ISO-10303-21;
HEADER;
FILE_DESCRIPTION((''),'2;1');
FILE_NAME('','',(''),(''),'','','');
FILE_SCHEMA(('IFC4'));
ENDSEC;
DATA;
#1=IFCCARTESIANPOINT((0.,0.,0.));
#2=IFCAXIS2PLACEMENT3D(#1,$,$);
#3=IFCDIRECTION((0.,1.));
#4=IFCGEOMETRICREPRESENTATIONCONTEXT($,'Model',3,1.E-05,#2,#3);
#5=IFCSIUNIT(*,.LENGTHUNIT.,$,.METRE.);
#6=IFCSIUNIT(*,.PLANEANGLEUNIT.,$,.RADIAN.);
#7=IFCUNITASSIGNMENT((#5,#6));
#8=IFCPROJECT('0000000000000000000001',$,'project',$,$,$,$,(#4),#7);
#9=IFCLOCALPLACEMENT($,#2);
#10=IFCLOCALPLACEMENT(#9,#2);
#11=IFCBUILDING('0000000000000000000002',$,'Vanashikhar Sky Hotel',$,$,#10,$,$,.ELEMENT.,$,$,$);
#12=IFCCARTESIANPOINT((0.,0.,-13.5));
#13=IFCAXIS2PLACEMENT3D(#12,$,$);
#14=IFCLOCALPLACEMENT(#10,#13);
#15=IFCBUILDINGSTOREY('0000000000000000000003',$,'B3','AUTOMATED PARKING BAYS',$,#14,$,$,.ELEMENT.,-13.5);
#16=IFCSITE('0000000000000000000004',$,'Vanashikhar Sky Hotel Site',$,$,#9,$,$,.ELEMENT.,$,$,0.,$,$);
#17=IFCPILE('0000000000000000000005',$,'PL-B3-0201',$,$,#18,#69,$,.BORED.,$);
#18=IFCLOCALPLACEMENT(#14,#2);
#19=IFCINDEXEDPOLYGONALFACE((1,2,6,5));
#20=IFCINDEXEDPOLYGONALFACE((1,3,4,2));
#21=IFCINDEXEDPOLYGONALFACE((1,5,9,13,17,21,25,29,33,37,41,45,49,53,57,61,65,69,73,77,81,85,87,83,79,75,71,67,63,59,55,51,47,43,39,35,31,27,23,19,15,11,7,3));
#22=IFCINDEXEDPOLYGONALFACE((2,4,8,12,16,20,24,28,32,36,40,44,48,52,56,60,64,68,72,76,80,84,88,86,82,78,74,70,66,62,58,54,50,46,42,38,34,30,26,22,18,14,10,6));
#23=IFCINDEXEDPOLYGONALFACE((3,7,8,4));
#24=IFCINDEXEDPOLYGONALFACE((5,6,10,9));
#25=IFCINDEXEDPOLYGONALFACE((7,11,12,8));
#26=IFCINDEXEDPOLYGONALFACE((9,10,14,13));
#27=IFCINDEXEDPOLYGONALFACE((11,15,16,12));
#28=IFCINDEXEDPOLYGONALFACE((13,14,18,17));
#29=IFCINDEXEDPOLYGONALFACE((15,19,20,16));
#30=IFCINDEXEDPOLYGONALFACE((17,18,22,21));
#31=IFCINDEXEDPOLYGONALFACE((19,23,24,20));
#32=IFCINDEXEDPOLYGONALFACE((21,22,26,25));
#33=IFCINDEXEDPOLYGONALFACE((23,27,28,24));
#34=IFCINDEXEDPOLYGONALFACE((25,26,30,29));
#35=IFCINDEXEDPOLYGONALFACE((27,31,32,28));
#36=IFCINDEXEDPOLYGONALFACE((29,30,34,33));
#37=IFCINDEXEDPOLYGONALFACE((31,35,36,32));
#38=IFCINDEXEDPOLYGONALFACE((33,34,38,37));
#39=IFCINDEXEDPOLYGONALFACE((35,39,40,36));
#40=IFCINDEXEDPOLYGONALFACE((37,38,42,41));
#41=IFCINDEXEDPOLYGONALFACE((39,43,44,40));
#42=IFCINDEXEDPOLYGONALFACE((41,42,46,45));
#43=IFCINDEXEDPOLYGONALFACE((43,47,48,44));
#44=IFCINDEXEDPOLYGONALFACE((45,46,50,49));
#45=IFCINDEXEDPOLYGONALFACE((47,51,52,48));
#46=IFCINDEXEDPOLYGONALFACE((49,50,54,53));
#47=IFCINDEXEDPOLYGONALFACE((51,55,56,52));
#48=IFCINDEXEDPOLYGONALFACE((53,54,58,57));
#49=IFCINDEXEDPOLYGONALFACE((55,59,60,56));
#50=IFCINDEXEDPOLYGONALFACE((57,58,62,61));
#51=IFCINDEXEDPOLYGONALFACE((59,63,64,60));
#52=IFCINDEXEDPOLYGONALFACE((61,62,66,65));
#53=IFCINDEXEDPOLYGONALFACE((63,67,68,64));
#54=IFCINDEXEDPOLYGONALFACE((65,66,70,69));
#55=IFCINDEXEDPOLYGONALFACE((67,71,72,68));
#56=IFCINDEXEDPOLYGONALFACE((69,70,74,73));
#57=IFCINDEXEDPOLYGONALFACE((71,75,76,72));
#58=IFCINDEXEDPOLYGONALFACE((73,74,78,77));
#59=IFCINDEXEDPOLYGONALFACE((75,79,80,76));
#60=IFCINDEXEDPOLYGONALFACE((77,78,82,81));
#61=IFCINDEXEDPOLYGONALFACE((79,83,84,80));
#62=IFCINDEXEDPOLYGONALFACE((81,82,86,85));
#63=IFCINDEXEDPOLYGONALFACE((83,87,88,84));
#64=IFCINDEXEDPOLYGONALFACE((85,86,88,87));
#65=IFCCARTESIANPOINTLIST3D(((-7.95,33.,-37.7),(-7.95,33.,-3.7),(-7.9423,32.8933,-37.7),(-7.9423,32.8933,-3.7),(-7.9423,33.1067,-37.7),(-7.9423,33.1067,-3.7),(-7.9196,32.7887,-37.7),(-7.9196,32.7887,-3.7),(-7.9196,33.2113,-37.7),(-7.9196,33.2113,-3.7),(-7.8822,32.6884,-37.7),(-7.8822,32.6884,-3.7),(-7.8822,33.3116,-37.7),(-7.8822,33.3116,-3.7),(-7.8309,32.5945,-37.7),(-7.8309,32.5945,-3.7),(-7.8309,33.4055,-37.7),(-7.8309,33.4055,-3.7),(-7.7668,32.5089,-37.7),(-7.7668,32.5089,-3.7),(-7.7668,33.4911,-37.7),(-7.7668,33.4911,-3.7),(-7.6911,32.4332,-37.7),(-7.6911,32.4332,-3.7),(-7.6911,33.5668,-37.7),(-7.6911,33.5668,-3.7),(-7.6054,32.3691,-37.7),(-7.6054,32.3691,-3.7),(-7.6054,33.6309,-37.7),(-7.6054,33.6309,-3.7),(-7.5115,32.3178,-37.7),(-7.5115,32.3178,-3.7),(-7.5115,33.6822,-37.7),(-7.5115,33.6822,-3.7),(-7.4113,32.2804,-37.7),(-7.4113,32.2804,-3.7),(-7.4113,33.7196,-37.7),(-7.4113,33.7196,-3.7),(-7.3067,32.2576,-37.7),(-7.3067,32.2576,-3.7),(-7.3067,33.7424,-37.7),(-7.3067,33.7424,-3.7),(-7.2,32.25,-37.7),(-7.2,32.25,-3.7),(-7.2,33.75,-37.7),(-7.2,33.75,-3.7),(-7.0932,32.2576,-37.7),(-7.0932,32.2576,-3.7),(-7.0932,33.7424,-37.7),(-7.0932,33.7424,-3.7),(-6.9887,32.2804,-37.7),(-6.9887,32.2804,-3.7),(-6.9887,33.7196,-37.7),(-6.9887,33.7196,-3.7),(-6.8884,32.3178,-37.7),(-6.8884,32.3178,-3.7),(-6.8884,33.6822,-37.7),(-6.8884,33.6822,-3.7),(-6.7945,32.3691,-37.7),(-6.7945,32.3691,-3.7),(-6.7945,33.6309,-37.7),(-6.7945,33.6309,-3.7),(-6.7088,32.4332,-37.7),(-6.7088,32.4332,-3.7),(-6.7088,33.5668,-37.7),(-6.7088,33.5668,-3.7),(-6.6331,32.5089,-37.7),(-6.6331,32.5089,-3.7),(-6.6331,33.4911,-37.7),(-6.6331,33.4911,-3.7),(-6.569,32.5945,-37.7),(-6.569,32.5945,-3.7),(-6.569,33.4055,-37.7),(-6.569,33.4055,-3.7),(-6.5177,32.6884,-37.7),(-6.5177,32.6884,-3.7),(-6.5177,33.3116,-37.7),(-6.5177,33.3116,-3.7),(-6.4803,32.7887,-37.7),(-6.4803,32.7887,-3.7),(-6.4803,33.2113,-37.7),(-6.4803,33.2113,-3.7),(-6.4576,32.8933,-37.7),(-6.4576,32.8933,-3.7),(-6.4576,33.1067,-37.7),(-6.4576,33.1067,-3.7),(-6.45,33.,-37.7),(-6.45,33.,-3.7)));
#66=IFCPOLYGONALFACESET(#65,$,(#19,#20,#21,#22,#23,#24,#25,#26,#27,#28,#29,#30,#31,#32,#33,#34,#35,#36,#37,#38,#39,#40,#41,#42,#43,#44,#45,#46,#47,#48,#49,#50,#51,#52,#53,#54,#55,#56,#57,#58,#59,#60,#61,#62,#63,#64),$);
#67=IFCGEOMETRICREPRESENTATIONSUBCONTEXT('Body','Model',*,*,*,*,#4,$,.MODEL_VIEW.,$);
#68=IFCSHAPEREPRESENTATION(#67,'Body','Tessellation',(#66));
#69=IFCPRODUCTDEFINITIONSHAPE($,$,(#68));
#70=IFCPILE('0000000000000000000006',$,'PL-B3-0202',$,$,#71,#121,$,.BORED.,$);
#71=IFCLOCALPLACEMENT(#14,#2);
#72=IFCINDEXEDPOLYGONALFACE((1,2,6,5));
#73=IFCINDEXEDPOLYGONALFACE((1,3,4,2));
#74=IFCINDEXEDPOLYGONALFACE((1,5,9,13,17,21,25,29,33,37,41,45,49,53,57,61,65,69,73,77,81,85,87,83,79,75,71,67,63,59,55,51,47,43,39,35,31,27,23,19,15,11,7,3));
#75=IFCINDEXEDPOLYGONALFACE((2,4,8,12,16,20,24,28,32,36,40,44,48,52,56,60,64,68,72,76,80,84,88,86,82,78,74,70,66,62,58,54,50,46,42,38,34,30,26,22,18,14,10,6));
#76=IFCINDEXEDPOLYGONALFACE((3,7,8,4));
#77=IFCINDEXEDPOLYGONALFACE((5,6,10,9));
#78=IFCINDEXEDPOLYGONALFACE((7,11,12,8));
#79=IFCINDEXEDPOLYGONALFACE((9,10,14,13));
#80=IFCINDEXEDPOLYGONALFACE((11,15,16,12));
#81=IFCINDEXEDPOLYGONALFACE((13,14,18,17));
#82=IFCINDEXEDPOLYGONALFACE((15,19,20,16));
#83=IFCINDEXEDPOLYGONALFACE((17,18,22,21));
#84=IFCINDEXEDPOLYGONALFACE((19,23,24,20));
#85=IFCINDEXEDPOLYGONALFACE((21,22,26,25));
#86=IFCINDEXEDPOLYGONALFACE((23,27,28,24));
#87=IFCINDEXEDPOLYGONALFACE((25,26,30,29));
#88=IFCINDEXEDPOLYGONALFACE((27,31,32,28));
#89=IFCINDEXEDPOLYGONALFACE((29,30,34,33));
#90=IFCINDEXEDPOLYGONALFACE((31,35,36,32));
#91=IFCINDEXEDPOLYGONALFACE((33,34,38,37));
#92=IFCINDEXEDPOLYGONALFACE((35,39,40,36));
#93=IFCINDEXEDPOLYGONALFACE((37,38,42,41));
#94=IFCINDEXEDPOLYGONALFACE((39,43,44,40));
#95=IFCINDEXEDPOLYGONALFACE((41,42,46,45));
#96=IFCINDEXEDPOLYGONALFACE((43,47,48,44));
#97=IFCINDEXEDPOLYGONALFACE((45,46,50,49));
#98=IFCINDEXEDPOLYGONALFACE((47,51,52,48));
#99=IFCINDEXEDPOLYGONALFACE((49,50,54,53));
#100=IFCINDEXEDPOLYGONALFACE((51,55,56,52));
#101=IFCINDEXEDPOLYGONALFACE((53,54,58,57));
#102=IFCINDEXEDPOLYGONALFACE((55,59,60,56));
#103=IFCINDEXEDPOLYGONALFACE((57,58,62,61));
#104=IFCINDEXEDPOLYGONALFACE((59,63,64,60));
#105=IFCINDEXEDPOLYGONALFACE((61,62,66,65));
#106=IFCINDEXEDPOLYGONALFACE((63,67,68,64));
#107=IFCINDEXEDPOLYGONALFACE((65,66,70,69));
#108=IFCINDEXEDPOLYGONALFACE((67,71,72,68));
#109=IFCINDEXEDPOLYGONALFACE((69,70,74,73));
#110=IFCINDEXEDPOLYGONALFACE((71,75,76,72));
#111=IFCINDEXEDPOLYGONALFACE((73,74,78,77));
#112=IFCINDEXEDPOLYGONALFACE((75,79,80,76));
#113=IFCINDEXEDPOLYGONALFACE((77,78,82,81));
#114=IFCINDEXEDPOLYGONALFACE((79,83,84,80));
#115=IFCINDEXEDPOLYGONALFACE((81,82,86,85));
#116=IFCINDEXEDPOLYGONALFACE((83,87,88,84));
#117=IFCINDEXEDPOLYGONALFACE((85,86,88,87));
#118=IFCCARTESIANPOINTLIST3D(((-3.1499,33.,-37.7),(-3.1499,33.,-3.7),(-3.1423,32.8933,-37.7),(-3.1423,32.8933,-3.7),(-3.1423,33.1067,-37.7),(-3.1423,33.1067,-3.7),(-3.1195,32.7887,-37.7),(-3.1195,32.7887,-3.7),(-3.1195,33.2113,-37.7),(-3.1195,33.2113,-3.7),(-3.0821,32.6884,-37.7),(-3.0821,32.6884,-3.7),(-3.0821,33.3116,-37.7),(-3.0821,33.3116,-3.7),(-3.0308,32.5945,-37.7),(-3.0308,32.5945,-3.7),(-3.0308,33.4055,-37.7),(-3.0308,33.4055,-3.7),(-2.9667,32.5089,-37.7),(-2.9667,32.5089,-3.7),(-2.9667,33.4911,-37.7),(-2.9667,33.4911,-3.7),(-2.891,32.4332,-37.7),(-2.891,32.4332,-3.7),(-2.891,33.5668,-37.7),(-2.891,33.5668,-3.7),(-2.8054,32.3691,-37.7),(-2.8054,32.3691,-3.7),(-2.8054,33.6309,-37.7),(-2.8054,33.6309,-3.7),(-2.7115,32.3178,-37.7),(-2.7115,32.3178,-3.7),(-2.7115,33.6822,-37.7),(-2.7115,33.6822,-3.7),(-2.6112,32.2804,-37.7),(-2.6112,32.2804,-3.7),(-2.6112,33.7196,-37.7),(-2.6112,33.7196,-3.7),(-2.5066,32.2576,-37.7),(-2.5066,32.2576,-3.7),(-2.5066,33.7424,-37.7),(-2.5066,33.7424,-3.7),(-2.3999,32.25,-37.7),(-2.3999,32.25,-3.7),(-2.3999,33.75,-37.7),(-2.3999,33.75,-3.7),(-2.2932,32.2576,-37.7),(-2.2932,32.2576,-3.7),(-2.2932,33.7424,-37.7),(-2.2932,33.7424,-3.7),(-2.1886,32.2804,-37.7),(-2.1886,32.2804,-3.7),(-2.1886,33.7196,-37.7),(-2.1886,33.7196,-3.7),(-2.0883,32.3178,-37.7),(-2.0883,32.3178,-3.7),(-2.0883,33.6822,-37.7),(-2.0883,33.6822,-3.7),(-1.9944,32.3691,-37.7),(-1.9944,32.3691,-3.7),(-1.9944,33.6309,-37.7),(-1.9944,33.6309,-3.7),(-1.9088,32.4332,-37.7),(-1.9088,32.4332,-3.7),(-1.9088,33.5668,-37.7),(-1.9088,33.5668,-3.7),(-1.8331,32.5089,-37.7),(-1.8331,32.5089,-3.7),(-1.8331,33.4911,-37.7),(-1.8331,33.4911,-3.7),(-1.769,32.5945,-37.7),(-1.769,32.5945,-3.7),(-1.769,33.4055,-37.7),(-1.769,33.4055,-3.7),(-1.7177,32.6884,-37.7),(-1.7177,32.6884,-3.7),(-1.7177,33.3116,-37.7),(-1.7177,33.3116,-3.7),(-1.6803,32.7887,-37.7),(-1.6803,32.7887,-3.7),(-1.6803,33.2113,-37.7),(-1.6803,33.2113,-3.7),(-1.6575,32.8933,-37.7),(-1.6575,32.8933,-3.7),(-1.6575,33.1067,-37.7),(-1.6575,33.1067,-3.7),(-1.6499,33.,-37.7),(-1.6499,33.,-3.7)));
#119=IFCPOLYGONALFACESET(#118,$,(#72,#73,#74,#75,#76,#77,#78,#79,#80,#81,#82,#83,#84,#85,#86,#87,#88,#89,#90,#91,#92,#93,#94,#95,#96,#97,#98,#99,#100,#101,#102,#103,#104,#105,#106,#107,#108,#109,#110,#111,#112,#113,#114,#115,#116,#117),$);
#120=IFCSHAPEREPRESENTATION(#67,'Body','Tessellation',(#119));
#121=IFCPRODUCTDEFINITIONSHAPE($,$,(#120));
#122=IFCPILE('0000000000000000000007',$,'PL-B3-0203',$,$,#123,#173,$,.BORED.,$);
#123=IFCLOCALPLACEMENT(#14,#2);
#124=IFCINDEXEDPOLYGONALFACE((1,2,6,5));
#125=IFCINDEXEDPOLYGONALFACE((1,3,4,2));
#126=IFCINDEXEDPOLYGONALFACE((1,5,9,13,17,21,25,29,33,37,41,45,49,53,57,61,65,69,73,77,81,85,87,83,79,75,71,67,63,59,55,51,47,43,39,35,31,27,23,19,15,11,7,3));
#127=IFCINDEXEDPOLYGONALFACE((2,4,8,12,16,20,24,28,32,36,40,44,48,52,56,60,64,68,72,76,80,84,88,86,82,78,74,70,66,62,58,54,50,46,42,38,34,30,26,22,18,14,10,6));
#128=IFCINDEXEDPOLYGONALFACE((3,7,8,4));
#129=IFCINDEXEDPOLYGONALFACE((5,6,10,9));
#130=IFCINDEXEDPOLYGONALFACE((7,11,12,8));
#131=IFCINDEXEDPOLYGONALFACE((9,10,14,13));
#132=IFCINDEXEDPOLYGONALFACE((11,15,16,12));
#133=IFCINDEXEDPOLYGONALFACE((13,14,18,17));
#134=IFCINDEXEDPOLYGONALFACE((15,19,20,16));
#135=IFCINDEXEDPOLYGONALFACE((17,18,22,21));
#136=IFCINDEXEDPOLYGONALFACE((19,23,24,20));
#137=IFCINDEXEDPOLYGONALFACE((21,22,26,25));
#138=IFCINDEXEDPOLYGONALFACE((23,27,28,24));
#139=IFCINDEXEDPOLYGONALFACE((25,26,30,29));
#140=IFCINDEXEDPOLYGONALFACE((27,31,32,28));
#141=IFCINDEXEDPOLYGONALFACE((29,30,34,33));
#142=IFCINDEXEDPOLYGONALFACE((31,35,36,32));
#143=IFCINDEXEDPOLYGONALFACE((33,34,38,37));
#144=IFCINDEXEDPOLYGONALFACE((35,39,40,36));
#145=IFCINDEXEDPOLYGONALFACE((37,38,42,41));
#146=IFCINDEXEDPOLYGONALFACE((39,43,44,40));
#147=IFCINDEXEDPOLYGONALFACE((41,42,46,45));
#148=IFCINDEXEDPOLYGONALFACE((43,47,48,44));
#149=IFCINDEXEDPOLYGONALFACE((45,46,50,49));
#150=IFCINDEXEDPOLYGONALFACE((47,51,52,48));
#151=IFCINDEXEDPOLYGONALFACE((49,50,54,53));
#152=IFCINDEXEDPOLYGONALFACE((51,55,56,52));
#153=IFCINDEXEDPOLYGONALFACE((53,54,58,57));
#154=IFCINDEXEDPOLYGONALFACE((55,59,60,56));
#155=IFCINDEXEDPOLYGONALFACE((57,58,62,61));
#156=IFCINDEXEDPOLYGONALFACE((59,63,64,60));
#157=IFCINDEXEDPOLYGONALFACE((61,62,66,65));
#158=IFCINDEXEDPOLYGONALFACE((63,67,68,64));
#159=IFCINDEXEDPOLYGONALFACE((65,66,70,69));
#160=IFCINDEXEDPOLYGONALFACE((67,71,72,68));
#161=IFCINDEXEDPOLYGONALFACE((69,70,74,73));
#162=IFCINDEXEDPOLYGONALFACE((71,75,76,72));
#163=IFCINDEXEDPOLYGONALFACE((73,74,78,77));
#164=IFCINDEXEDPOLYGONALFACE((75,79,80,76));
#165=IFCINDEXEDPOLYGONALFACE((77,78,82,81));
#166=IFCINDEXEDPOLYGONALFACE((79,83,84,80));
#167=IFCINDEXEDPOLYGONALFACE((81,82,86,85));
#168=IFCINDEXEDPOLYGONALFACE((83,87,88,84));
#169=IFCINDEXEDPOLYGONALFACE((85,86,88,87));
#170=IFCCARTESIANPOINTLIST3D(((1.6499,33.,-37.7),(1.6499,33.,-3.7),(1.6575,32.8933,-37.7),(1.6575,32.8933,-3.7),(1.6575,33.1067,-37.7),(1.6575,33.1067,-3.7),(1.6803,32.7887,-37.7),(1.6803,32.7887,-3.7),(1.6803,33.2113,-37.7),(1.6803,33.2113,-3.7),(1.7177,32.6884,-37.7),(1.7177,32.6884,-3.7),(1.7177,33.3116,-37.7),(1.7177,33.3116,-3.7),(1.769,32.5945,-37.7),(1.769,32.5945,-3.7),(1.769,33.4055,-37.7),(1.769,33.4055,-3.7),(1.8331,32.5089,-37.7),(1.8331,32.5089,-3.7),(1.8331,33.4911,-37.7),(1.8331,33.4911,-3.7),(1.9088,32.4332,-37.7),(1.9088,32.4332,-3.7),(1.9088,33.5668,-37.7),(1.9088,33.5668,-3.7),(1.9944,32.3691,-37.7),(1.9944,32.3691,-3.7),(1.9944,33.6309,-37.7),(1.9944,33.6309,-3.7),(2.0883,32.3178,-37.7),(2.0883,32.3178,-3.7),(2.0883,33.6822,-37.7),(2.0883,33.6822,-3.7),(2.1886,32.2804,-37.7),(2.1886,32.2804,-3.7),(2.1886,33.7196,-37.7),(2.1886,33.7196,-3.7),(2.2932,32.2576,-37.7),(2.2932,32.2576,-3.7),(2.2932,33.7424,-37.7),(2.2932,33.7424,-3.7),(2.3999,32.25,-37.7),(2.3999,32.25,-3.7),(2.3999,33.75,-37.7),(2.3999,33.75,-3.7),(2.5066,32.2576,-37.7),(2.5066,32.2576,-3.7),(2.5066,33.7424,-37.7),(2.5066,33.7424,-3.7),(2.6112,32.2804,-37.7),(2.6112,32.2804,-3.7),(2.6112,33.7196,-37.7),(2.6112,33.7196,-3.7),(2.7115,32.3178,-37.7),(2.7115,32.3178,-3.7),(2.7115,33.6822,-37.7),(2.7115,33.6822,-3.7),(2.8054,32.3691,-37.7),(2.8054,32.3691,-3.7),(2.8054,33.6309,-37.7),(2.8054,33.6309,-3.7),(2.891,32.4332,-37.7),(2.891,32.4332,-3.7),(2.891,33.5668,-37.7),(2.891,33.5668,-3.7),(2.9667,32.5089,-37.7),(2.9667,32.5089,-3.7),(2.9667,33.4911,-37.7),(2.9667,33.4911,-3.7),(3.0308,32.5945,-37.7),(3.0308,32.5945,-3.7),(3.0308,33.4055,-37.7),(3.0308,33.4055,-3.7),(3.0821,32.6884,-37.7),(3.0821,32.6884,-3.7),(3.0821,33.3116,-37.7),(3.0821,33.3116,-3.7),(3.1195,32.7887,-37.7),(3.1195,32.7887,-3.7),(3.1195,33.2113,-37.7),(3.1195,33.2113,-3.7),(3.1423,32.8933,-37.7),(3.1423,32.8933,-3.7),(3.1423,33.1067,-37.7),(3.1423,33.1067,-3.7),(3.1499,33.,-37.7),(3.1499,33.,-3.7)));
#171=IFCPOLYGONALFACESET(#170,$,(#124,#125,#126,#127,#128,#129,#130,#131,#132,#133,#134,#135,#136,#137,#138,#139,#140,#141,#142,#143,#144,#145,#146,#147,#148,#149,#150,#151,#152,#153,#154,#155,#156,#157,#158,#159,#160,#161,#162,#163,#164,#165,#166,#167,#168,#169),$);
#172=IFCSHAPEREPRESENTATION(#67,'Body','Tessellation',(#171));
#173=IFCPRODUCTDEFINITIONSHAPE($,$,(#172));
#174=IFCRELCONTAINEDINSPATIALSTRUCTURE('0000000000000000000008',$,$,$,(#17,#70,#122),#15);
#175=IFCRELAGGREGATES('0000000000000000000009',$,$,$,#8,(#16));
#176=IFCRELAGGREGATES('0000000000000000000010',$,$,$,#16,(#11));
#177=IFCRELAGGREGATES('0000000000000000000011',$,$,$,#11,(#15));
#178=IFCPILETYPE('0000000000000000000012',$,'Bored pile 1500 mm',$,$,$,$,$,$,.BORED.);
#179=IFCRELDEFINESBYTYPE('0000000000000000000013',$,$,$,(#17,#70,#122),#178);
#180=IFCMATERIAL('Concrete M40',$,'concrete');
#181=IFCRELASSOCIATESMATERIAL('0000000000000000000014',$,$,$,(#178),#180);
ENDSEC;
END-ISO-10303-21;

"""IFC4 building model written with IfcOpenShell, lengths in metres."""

from ifc_helpers import new_model, si_unit, direction, frame, origin, origin_2d, place, context, subcontext, project, spatial, circle, extrude, source, transform, mapped, material, type_object, element, save


model = new_model("IFC4")

# Units and contexts
model_context = context("Model", 3, precision=1e-05, world=origin(), true_north=direction((0.0, 1.0)))
body_context = subcontext(model_context, "Body", "Model", "MODEL_VIEW")
ifc_project = project(units=[si_unit("LENGTHUNIT", "METRE"), si_unit("PLANEANGLEUNIT", "RADIAN")], contexts=[model_context])

# Site, building, storey
site_placement = place(None, origin())
site = spatial("IfcSite", under=ifc_project, at=site_placement, Name="Vanashikhar Sky Hotel Site", CompositionType="ELEMENT", RefElevation=0.0)
building_placement = place(site_placement, origin())
building = spatial("IfcBuilding", under=site, at=building_placement, Name="Vanashikhar Sky Hotel", CompositionType="ELEMENT")
storey_placement = place(building_placement, frame((0.0, 0.0, -13.5)))
storey = spatial("IfcBuildingStorey", under=building, at=storey_placement, Name="B3", Description="AUTOMATED PARKING BAYS", CompositionType="ELEMENT", Elevation=-13.5)

# Piles
ifc_material_1 = material(Name="Concrete M40", Category="concrete")
pile_type_1 = type_object("IfcPileType", Name="Bored pile 1500 mm", PredefinedType="BORED", material=ifc_material_1)
shared_shape_1 = source(origin(), body_context, "Body", "SweptSolid", [
    extrude(circle(Radius=0.75, at=origin_2d()), origin(), (0.0, 0.0, 1.0), 34.0),
])
for number, where, z_axis, x_axis, name in (
    (1, (-7.2, 33.0, -3.7), (0.0, 0.0, -1.0), (1.0, 0.0, 0.0), "PL-B3-0201"),
    (2, (-2.3999, 33.0, -3.7), (0.0, 0.0, -1.0), (1.0, 0.0, 0.0), "PL-B3-0202"),
    (3, (2.3999, 33.0, -3.7), (0.0, 0.0, -1.0), (1.0, 0.0, 0.0), "PL-B3-0203"),
):
    element("IfcPile", number, at=place(storey_placement, frame(where, z_axis=z_axis, x_axis=x_axis)), inside=storey, type_object=pile_type_1, Name=name, PredefinedType="BORED", context=body_context, shape_type="MappedRepresentation", body=[
        mapped(shared_shape_1, transform((0.0, 0.0, 0.0), scale=1.0)),
    ])

save(model, "model.ifc")
